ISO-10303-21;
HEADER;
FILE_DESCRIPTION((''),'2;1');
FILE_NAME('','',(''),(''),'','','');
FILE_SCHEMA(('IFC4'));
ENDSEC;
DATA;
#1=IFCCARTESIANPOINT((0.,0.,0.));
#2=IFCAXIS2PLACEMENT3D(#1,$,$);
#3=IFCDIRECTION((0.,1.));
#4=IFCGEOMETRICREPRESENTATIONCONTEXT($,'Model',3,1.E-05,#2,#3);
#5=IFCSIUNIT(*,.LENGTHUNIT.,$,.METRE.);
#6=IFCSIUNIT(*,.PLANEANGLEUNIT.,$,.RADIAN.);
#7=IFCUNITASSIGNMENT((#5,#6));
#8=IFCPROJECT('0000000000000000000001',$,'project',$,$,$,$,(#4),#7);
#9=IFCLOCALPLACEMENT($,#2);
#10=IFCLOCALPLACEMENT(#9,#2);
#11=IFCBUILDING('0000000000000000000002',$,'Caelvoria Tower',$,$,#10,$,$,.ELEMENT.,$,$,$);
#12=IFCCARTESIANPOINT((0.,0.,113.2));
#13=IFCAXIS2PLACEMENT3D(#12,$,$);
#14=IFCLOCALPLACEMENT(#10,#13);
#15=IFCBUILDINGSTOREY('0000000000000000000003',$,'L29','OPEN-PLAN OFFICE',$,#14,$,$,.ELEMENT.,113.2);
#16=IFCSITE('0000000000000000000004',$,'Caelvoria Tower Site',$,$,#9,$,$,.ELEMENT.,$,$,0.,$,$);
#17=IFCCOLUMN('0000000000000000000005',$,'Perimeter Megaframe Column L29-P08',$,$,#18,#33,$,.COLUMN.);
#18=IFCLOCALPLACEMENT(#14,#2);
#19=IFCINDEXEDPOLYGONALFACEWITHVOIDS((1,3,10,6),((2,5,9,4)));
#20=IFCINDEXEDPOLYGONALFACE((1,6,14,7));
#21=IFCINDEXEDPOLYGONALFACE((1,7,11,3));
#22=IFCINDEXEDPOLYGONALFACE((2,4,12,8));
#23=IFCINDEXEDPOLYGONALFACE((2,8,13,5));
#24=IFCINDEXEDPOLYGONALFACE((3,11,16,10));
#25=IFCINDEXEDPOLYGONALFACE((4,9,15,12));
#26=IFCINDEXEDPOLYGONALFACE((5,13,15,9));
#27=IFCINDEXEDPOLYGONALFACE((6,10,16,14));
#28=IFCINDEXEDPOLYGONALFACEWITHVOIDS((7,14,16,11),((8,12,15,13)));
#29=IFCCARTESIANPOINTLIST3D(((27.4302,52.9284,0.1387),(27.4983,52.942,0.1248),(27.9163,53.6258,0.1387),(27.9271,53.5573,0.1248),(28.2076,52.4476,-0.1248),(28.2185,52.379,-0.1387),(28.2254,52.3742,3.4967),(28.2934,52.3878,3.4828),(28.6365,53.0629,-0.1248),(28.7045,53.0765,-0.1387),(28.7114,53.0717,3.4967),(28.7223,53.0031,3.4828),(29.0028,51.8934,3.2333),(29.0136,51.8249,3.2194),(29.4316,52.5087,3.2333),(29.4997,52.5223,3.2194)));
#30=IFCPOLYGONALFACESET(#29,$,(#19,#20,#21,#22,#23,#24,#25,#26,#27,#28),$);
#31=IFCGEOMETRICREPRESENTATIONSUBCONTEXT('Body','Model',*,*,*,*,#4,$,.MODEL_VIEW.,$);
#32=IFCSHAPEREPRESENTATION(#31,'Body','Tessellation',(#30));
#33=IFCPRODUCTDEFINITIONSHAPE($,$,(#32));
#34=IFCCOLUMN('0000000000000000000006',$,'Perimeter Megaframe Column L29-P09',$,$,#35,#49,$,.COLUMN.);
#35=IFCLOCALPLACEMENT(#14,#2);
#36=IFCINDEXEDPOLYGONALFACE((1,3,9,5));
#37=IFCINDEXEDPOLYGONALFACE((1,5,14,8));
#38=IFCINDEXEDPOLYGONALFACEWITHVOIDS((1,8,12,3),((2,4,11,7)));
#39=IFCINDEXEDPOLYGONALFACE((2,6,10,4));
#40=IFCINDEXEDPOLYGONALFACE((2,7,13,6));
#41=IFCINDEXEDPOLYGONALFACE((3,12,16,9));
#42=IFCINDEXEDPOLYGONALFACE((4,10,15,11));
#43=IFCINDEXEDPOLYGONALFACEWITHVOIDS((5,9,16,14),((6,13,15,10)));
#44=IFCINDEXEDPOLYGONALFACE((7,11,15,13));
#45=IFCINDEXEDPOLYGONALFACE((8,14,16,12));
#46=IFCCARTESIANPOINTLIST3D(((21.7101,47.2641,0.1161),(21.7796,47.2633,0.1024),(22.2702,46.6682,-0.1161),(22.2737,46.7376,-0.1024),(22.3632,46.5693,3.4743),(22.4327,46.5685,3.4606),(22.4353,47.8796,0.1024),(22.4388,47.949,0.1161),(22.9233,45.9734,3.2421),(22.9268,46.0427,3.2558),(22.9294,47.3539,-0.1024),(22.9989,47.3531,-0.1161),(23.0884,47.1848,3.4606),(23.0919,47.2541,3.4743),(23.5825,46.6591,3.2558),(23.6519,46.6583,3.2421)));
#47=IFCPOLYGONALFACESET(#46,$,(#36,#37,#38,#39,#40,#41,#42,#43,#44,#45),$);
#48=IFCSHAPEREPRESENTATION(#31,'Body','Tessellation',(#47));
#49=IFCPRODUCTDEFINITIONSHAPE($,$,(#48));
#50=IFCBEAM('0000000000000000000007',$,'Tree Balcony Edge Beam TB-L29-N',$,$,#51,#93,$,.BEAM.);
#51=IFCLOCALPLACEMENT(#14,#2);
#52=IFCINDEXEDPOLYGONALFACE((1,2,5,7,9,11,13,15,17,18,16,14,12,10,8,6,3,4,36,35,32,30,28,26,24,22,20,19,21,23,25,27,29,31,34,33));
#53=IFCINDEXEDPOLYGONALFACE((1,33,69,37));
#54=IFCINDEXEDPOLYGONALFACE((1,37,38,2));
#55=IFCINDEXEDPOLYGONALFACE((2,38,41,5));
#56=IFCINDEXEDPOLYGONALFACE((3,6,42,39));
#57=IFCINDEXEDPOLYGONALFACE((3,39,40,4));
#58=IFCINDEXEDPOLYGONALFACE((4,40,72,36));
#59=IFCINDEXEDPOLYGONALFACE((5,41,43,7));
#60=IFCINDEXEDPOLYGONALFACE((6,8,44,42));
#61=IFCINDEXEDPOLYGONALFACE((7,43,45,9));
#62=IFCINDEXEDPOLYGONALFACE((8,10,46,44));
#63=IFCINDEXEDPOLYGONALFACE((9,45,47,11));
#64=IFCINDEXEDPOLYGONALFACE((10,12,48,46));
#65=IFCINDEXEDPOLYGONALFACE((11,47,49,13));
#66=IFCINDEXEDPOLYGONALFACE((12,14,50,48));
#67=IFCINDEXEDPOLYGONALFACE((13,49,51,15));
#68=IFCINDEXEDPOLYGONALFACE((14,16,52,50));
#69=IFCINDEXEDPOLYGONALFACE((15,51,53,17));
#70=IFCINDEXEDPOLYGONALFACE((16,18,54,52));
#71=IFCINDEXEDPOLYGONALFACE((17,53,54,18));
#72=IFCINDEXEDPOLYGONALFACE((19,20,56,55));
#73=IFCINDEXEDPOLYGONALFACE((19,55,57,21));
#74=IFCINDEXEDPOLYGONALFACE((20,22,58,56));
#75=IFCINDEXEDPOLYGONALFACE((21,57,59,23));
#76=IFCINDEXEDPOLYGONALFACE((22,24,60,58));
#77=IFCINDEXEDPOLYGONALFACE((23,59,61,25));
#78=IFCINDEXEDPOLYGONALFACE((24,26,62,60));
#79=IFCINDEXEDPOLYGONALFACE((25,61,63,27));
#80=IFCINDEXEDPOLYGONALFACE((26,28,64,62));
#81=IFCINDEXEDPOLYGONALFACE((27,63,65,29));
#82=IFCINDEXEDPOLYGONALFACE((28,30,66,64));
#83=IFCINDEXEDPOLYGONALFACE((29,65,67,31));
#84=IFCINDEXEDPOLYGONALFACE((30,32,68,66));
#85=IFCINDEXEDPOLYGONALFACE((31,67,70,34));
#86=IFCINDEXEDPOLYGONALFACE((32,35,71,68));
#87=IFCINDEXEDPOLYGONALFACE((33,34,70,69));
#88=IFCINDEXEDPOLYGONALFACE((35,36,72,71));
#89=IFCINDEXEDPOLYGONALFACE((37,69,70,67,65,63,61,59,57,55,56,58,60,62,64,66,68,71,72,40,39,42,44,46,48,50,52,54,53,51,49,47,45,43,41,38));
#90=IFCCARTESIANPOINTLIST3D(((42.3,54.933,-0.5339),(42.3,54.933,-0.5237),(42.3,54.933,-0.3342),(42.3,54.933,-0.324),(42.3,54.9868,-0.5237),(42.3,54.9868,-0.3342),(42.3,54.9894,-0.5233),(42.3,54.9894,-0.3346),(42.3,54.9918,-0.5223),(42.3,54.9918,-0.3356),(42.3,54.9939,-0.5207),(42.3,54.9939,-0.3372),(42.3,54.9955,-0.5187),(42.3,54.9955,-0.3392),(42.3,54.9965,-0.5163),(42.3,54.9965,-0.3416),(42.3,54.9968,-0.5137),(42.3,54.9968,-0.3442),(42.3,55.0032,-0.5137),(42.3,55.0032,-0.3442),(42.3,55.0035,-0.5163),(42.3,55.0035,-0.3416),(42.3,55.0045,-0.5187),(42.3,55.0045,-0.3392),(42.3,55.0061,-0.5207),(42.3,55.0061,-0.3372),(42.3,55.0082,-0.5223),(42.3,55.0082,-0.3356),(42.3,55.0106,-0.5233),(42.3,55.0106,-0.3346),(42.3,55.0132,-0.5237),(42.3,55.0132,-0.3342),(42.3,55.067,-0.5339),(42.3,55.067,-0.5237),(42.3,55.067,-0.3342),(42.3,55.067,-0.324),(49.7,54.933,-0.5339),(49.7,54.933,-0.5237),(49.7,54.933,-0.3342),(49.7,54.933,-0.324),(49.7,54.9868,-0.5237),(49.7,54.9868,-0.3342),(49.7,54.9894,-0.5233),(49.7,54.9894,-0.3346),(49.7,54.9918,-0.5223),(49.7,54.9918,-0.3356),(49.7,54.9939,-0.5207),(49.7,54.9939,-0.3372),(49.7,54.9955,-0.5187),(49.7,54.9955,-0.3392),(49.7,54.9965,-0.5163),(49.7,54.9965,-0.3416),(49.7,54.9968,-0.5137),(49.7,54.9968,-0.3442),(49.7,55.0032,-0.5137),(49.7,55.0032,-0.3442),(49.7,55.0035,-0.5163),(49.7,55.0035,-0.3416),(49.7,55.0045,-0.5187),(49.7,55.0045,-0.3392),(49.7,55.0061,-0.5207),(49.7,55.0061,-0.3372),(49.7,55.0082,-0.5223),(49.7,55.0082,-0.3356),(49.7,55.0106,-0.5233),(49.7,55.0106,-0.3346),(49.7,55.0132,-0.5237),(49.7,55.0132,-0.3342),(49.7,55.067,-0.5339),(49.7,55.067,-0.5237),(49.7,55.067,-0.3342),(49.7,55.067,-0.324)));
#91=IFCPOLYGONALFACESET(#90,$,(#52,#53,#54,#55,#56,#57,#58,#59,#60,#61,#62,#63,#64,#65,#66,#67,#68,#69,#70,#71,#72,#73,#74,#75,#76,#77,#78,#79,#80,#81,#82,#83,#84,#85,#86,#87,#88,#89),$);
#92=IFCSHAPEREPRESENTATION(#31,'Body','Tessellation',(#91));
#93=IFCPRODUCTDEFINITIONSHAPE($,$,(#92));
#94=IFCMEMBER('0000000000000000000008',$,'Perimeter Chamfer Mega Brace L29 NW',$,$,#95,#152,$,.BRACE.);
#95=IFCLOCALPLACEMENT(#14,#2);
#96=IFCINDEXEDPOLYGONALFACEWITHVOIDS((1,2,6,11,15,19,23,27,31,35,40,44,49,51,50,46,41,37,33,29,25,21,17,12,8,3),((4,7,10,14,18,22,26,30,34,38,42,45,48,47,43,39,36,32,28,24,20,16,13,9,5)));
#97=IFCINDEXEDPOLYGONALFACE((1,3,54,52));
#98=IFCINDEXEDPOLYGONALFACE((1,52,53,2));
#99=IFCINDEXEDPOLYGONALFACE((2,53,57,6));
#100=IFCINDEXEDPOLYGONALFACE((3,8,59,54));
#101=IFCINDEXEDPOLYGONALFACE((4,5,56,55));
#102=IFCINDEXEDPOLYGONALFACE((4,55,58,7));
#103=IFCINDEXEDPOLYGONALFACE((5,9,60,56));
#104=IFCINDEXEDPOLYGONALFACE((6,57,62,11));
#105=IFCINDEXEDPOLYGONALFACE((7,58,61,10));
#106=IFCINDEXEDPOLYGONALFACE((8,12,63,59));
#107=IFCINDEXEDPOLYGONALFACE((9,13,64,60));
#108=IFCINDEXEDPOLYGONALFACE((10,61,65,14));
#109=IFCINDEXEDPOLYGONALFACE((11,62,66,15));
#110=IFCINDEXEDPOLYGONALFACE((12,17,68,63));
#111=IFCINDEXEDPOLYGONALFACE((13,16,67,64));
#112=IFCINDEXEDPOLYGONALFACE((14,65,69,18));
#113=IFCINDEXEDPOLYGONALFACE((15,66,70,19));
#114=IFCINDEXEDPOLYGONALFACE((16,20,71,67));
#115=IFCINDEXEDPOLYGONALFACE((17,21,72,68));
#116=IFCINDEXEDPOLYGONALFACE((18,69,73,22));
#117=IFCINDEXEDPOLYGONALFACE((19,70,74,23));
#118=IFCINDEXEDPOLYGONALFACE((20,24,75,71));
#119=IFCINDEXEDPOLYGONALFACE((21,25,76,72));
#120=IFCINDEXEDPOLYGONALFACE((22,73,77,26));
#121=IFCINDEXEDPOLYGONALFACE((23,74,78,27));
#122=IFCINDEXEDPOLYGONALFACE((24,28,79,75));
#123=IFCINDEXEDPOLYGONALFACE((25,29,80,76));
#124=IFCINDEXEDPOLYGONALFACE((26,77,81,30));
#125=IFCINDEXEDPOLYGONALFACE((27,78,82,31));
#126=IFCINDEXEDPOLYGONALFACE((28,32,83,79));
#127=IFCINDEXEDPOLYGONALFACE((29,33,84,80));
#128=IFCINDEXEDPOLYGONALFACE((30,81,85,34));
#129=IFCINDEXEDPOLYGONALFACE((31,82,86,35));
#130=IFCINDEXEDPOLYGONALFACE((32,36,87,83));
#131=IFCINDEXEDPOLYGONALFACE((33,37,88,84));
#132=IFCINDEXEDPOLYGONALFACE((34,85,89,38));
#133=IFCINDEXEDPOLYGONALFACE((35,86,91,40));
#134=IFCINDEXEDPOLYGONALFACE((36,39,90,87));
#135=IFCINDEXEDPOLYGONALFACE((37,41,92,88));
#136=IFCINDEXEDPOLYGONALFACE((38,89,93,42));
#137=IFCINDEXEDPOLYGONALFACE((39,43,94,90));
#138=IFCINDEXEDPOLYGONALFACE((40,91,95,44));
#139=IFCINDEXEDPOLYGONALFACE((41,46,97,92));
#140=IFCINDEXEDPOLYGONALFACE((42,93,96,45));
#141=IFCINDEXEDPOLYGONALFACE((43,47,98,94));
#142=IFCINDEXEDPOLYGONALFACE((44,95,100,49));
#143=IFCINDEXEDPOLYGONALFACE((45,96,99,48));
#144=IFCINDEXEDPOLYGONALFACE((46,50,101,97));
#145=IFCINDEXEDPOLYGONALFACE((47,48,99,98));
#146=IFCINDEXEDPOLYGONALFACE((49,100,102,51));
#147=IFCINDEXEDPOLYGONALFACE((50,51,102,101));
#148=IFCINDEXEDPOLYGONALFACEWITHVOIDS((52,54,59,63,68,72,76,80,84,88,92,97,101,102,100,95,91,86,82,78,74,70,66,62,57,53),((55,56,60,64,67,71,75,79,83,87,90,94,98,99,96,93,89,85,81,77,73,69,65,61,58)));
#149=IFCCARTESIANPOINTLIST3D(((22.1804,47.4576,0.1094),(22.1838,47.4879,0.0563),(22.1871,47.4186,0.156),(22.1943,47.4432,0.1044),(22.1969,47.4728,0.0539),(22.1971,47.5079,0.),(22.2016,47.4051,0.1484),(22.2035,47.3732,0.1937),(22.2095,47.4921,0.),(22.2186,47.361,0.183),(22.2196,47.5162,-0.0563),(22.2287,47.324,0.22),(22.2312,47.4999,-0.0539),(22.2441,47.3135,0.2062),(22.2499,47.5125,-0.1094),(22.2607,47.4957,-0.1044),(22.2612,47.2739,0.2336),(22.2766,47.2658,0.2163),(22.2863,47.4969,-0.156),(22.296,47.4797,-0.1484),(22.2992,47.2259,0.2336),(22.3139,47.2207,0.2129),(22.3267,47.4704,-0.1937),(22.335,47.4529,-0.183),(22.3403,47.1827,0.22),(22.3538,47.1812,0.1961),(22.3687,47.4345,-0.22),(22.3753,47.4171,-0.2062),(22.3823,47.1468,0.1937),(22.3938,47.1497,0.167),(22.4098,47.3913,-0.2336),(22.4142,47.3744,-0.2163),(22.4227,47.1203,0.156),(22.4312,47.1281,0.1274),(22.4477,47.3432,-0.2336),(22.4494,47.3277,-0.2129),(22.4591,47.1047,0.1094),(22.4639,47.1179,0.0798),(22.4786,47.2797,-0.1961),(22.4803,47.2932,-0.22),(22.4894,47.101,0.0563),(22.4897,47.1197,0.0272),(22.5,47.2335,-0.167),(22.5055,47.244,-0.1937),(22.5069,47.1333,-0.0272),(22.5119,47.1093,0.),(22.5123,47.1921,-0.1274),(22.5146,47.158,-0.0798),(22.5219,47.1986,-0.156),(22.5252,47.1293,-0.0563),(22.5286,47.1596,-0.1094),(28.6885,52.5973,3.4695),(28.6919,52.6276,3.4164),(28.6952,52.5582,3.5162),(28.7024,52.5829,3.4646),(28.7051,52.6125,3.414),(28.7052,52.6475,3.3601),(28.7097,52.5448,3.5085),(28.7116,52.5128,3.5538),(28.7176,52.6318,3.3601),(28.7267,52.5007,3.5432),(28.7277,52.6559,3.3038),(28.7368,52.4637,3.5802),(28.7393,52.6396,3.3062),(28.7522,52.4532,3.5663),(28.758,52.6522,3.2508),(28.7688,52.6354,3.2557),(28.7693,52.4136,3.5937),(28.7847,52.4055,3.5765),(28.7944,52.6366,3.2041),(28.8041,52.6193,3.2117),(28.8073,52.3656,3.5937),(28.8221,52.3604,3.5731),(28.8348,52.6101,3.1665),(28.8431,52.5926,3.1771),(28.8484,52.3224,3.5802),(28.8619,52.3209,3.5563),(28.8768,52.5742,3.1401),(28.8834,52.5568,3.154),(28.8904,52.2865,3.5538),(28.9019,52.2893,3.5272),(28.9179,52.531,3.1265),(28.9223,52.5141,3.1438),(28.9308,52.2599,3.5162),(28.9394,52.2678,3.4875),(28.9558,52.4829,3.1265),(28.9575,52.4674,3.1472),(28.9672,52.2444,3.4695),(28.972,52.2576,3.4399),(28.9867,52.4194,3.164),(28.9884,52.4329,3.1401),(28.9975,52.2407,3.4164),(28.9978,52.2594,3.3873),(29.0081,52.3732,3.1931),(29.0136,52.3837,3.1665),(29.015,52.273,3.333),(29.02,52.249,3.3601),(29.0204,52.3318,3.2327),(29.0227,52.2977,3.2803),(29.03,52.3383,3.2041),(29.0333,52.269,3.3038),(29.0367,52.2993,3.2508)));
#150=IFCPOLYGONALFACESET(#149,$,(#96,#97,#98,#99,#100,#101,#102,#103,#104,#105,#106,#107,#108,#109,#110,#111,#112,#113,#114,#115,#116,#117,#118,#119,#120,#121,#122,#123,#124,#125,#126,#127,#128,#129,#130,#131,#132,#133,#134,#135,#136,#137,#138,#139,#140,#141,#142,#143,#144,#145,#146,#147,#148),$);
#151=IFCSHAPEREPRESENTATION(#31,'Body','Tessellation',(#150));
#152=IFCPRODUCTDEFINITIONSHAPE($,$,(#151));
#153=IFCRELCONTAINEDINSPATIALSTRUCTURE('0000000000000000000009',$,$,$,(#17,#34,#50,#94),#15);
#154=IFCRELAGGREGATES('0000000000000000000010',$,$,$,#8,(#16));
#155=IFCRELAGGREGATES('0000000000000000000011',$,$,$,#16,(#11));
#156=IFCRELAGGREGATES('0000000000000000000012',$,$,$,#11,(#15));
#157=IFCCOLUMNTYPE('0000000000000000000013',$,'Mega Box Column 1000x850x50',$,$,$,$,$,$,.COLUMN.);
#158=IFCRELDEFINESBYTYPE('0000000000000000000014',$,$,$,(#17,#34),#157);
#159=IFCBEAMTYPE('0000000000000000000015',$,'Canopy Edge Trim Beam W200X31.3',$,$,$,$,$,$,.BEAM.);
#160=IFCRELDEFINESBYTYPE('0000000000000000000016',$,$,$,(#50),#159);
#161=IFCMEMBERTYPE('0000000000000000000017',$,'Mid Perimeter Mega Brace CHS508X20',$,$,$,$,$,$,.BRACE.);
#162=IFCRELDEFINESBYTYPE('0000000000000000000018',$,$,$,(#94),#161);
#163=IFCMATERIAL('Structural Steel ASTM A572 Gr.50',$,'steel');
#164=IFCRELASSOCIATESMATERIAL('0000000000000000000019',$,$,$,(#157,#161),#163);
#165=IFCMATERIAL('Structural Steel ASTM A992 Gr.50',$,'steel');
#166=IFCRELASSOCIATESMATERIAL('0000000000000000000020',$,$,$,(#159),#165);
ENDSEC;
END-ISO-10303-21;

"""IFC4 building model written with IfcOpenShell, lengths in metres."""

from ifc_helpers import new_model, si_unit, direction, frame, origin, origin_2d, place, context, subcontext, project, spatial, hollow_rectangle, hollow_circle, i_section, extrude, material, material_profile, profile_set, type_object, element, save


model = new_model("IFC4")

# Units and contexts
model_context = context("Model", 3, precision=1e-05, world=origin(), true_north=direction((0.0, 1.0)))
body_context = subcontext(model_context, "Body", "Model", "MODEL_VIEW")
ifc_project = project(units=[si_unit("LENGTHUNIT", "METRE"), si_unit("PLANEANGLEUNIT", "RADIAN")], contexts=[model_context])

# Site, building, storey
site_placement = place(None, origin())
site = spatial("IfcSite", under=ifc_project, at=site_placement, Name="Caelvoria Tower Site", CompositionType="ELEMENT", RefElevation=0.0)
building_placement = place(site_placement, origin())
building = spatial("IfcBuilding", under=site, at=building_placement, Name="Caelvoria Tower", CompositionType="ELEMENT")
storey_placement = place(building_placement, frame((0.0, 0.0, 113.2)))
storey = spatial("IfcBuildingStorey", under=building, at=storey_placement, Name="L29", Description="OPEN-PLAN OFFICE", CompositionType="ELEMENT", Elevation=113.2)

# Columns
ifc_material_1 = material(Name="Structural Steel ASTM A572 Gr.50", Category="steel")
ifc_material_profile_1 = material_profile(ifc_material_1, hollow_rectangle(XDim=0.8501, YDim=1.0, WallThickness=0.05, at=origin_2d()), Name="Structural Steel ASTM A572 Gr.50")
ifc_profile_set_1 = profile_set([ifc_material_profile_1], Name="BOX1000X850X50 - Structural Steel ASTM A572 Gr.50")
column_type = type_object("IfcColumnType", Name="Mega Box Column 1000x850x50", PredefinedType="COLUMN", material=ifc_profile_set_1)
column_1_placement = place(storey_placement, frame((28.0674, 53.0024, 0.0), z_axis=(0.2275, -0.158559, 0.960782), x_axis=(0.571788, 0.820402, 0.0)))
element("IfcColumn", 1, at=column_1_placement, inside=storey, type_object=column_type, Name="Perimeter Megaframe Column L29-P08", PredefinedType="COLUMN", context=body_context, shape_type="SweptSolid", body=[
    extrude(hollow_rectangle(XDim=0.8501, YDim=1.0, WallThickness=0.05, at=origin_2d()), origin(), (0.0, 0.0, 1.0), 3.4951),
])
column_2_placement = place(storey_placement, frame((22.3545, 47.3086, 0.0), z_axis=(0.187079, -0.199038, 0.96197), x_axis=(-0.658831, 0.700947, 0.273157)))
element("IfcColumn", 2, at=column_2_placement, inside=storey, type_object=column_type, Name="Perimeter Megaframe Column L29-P09", PredefinedType="COLUMN", context=body_context, shape_type="SweptSolid", body=[
    extrude(hollow_rectangle(XDim=0.8501, YDim=1.0, WallThickness=0.05, at=origin_2d()), origin(), (0.0, 0.0, 1.0), 3.491),
])

# Beam
ifc_material_2 = material(Name="Structural Steel ASTM A992 Gr.50", Category="steel")
ifc_material_profile_2 = material_profile(ifc_material_2, i_section(OverallWidth=0.134, OverallDepth=0.21, WebThickness=0.0063, FlangeThickness=0.0103, FilletRadius=0.01, at=origin_2d()), Name="Structural Steel ASTM A992 Gr.50")
ifc_profile_set_2 = profile_set([ifc_material_profile_2], Name="W200X31.3 - Structural Steel ASTM A992 Gr.50")
beam_type_1 = type_object("IfcBeamType", Name="Canopy Edge Trim Beam W200X31.3", PredefinedType="BEAM", material=ifc_profile_set_2)
beam_1_placement = place(storey_placement, frame((42.3, 55.0, -0.429), z_axis=(1.0, 0.0, 0.0), x_axis=(0.0, 1.0, 0.0)))
element("IfcBeam", 3, at=beam_1_placement, inside=storey, type_object=beam_type_1, Name="Tree Balcony Edge Beam TB-L29-N", PredefinedType="BEAM", context=body_context, shape_type="SweptSolid", body=[
    extrude(i_section(OverallWidth=0.134, OverallDepth=0.21, WebThickness=0.0063, FlangeThickness=0.0103, FilletRadius=0.01, at=origin_2d()), origin(), (0.0, 0.0, 1.0), 7.3999),
])

# Member
ifc_material_profile_3 = material_profile(ifc_material_1, hollow_circle(Radius=0.2539, WallThickness=0.02, at=origin_2d()), Name="Structural Steel ASTM A572 Gr.50")
ifc_profile_set_3 = profile_set([ifc_material_profile_3], Name="CHS508X20 - Structural Steel ASTM A572 Gr.50")
member_type = type_object("IfcMemberType", Name="Mid Perimeter Mega Brace CHS508X20", PredefinedType="BRACE", material=ifc_profile_set_3)
member_placement = place(storey_placement, frame((22.3545, 47.3086, 0.0), z_axis=(0.727345, 0.574411, 0.375528), x_axis=(-0.619771, 0.784783, 0.0)))
element("IfcMember", 4, at=member_placement, inside=storey, type_object=member_type, Name="Perimeter Chamfer Mega Brace L29 NW", PredefinedType="BRACE", context=body_context, shape_type="SweptSolid", body=[
    extrude(hollow_circle(Radius=0.2539, WallThickness=0.02, at=origin_2d()), origin(), (0.0, 0.0, 1.0), 8.9478),
])

save(model, "model.ifc")
